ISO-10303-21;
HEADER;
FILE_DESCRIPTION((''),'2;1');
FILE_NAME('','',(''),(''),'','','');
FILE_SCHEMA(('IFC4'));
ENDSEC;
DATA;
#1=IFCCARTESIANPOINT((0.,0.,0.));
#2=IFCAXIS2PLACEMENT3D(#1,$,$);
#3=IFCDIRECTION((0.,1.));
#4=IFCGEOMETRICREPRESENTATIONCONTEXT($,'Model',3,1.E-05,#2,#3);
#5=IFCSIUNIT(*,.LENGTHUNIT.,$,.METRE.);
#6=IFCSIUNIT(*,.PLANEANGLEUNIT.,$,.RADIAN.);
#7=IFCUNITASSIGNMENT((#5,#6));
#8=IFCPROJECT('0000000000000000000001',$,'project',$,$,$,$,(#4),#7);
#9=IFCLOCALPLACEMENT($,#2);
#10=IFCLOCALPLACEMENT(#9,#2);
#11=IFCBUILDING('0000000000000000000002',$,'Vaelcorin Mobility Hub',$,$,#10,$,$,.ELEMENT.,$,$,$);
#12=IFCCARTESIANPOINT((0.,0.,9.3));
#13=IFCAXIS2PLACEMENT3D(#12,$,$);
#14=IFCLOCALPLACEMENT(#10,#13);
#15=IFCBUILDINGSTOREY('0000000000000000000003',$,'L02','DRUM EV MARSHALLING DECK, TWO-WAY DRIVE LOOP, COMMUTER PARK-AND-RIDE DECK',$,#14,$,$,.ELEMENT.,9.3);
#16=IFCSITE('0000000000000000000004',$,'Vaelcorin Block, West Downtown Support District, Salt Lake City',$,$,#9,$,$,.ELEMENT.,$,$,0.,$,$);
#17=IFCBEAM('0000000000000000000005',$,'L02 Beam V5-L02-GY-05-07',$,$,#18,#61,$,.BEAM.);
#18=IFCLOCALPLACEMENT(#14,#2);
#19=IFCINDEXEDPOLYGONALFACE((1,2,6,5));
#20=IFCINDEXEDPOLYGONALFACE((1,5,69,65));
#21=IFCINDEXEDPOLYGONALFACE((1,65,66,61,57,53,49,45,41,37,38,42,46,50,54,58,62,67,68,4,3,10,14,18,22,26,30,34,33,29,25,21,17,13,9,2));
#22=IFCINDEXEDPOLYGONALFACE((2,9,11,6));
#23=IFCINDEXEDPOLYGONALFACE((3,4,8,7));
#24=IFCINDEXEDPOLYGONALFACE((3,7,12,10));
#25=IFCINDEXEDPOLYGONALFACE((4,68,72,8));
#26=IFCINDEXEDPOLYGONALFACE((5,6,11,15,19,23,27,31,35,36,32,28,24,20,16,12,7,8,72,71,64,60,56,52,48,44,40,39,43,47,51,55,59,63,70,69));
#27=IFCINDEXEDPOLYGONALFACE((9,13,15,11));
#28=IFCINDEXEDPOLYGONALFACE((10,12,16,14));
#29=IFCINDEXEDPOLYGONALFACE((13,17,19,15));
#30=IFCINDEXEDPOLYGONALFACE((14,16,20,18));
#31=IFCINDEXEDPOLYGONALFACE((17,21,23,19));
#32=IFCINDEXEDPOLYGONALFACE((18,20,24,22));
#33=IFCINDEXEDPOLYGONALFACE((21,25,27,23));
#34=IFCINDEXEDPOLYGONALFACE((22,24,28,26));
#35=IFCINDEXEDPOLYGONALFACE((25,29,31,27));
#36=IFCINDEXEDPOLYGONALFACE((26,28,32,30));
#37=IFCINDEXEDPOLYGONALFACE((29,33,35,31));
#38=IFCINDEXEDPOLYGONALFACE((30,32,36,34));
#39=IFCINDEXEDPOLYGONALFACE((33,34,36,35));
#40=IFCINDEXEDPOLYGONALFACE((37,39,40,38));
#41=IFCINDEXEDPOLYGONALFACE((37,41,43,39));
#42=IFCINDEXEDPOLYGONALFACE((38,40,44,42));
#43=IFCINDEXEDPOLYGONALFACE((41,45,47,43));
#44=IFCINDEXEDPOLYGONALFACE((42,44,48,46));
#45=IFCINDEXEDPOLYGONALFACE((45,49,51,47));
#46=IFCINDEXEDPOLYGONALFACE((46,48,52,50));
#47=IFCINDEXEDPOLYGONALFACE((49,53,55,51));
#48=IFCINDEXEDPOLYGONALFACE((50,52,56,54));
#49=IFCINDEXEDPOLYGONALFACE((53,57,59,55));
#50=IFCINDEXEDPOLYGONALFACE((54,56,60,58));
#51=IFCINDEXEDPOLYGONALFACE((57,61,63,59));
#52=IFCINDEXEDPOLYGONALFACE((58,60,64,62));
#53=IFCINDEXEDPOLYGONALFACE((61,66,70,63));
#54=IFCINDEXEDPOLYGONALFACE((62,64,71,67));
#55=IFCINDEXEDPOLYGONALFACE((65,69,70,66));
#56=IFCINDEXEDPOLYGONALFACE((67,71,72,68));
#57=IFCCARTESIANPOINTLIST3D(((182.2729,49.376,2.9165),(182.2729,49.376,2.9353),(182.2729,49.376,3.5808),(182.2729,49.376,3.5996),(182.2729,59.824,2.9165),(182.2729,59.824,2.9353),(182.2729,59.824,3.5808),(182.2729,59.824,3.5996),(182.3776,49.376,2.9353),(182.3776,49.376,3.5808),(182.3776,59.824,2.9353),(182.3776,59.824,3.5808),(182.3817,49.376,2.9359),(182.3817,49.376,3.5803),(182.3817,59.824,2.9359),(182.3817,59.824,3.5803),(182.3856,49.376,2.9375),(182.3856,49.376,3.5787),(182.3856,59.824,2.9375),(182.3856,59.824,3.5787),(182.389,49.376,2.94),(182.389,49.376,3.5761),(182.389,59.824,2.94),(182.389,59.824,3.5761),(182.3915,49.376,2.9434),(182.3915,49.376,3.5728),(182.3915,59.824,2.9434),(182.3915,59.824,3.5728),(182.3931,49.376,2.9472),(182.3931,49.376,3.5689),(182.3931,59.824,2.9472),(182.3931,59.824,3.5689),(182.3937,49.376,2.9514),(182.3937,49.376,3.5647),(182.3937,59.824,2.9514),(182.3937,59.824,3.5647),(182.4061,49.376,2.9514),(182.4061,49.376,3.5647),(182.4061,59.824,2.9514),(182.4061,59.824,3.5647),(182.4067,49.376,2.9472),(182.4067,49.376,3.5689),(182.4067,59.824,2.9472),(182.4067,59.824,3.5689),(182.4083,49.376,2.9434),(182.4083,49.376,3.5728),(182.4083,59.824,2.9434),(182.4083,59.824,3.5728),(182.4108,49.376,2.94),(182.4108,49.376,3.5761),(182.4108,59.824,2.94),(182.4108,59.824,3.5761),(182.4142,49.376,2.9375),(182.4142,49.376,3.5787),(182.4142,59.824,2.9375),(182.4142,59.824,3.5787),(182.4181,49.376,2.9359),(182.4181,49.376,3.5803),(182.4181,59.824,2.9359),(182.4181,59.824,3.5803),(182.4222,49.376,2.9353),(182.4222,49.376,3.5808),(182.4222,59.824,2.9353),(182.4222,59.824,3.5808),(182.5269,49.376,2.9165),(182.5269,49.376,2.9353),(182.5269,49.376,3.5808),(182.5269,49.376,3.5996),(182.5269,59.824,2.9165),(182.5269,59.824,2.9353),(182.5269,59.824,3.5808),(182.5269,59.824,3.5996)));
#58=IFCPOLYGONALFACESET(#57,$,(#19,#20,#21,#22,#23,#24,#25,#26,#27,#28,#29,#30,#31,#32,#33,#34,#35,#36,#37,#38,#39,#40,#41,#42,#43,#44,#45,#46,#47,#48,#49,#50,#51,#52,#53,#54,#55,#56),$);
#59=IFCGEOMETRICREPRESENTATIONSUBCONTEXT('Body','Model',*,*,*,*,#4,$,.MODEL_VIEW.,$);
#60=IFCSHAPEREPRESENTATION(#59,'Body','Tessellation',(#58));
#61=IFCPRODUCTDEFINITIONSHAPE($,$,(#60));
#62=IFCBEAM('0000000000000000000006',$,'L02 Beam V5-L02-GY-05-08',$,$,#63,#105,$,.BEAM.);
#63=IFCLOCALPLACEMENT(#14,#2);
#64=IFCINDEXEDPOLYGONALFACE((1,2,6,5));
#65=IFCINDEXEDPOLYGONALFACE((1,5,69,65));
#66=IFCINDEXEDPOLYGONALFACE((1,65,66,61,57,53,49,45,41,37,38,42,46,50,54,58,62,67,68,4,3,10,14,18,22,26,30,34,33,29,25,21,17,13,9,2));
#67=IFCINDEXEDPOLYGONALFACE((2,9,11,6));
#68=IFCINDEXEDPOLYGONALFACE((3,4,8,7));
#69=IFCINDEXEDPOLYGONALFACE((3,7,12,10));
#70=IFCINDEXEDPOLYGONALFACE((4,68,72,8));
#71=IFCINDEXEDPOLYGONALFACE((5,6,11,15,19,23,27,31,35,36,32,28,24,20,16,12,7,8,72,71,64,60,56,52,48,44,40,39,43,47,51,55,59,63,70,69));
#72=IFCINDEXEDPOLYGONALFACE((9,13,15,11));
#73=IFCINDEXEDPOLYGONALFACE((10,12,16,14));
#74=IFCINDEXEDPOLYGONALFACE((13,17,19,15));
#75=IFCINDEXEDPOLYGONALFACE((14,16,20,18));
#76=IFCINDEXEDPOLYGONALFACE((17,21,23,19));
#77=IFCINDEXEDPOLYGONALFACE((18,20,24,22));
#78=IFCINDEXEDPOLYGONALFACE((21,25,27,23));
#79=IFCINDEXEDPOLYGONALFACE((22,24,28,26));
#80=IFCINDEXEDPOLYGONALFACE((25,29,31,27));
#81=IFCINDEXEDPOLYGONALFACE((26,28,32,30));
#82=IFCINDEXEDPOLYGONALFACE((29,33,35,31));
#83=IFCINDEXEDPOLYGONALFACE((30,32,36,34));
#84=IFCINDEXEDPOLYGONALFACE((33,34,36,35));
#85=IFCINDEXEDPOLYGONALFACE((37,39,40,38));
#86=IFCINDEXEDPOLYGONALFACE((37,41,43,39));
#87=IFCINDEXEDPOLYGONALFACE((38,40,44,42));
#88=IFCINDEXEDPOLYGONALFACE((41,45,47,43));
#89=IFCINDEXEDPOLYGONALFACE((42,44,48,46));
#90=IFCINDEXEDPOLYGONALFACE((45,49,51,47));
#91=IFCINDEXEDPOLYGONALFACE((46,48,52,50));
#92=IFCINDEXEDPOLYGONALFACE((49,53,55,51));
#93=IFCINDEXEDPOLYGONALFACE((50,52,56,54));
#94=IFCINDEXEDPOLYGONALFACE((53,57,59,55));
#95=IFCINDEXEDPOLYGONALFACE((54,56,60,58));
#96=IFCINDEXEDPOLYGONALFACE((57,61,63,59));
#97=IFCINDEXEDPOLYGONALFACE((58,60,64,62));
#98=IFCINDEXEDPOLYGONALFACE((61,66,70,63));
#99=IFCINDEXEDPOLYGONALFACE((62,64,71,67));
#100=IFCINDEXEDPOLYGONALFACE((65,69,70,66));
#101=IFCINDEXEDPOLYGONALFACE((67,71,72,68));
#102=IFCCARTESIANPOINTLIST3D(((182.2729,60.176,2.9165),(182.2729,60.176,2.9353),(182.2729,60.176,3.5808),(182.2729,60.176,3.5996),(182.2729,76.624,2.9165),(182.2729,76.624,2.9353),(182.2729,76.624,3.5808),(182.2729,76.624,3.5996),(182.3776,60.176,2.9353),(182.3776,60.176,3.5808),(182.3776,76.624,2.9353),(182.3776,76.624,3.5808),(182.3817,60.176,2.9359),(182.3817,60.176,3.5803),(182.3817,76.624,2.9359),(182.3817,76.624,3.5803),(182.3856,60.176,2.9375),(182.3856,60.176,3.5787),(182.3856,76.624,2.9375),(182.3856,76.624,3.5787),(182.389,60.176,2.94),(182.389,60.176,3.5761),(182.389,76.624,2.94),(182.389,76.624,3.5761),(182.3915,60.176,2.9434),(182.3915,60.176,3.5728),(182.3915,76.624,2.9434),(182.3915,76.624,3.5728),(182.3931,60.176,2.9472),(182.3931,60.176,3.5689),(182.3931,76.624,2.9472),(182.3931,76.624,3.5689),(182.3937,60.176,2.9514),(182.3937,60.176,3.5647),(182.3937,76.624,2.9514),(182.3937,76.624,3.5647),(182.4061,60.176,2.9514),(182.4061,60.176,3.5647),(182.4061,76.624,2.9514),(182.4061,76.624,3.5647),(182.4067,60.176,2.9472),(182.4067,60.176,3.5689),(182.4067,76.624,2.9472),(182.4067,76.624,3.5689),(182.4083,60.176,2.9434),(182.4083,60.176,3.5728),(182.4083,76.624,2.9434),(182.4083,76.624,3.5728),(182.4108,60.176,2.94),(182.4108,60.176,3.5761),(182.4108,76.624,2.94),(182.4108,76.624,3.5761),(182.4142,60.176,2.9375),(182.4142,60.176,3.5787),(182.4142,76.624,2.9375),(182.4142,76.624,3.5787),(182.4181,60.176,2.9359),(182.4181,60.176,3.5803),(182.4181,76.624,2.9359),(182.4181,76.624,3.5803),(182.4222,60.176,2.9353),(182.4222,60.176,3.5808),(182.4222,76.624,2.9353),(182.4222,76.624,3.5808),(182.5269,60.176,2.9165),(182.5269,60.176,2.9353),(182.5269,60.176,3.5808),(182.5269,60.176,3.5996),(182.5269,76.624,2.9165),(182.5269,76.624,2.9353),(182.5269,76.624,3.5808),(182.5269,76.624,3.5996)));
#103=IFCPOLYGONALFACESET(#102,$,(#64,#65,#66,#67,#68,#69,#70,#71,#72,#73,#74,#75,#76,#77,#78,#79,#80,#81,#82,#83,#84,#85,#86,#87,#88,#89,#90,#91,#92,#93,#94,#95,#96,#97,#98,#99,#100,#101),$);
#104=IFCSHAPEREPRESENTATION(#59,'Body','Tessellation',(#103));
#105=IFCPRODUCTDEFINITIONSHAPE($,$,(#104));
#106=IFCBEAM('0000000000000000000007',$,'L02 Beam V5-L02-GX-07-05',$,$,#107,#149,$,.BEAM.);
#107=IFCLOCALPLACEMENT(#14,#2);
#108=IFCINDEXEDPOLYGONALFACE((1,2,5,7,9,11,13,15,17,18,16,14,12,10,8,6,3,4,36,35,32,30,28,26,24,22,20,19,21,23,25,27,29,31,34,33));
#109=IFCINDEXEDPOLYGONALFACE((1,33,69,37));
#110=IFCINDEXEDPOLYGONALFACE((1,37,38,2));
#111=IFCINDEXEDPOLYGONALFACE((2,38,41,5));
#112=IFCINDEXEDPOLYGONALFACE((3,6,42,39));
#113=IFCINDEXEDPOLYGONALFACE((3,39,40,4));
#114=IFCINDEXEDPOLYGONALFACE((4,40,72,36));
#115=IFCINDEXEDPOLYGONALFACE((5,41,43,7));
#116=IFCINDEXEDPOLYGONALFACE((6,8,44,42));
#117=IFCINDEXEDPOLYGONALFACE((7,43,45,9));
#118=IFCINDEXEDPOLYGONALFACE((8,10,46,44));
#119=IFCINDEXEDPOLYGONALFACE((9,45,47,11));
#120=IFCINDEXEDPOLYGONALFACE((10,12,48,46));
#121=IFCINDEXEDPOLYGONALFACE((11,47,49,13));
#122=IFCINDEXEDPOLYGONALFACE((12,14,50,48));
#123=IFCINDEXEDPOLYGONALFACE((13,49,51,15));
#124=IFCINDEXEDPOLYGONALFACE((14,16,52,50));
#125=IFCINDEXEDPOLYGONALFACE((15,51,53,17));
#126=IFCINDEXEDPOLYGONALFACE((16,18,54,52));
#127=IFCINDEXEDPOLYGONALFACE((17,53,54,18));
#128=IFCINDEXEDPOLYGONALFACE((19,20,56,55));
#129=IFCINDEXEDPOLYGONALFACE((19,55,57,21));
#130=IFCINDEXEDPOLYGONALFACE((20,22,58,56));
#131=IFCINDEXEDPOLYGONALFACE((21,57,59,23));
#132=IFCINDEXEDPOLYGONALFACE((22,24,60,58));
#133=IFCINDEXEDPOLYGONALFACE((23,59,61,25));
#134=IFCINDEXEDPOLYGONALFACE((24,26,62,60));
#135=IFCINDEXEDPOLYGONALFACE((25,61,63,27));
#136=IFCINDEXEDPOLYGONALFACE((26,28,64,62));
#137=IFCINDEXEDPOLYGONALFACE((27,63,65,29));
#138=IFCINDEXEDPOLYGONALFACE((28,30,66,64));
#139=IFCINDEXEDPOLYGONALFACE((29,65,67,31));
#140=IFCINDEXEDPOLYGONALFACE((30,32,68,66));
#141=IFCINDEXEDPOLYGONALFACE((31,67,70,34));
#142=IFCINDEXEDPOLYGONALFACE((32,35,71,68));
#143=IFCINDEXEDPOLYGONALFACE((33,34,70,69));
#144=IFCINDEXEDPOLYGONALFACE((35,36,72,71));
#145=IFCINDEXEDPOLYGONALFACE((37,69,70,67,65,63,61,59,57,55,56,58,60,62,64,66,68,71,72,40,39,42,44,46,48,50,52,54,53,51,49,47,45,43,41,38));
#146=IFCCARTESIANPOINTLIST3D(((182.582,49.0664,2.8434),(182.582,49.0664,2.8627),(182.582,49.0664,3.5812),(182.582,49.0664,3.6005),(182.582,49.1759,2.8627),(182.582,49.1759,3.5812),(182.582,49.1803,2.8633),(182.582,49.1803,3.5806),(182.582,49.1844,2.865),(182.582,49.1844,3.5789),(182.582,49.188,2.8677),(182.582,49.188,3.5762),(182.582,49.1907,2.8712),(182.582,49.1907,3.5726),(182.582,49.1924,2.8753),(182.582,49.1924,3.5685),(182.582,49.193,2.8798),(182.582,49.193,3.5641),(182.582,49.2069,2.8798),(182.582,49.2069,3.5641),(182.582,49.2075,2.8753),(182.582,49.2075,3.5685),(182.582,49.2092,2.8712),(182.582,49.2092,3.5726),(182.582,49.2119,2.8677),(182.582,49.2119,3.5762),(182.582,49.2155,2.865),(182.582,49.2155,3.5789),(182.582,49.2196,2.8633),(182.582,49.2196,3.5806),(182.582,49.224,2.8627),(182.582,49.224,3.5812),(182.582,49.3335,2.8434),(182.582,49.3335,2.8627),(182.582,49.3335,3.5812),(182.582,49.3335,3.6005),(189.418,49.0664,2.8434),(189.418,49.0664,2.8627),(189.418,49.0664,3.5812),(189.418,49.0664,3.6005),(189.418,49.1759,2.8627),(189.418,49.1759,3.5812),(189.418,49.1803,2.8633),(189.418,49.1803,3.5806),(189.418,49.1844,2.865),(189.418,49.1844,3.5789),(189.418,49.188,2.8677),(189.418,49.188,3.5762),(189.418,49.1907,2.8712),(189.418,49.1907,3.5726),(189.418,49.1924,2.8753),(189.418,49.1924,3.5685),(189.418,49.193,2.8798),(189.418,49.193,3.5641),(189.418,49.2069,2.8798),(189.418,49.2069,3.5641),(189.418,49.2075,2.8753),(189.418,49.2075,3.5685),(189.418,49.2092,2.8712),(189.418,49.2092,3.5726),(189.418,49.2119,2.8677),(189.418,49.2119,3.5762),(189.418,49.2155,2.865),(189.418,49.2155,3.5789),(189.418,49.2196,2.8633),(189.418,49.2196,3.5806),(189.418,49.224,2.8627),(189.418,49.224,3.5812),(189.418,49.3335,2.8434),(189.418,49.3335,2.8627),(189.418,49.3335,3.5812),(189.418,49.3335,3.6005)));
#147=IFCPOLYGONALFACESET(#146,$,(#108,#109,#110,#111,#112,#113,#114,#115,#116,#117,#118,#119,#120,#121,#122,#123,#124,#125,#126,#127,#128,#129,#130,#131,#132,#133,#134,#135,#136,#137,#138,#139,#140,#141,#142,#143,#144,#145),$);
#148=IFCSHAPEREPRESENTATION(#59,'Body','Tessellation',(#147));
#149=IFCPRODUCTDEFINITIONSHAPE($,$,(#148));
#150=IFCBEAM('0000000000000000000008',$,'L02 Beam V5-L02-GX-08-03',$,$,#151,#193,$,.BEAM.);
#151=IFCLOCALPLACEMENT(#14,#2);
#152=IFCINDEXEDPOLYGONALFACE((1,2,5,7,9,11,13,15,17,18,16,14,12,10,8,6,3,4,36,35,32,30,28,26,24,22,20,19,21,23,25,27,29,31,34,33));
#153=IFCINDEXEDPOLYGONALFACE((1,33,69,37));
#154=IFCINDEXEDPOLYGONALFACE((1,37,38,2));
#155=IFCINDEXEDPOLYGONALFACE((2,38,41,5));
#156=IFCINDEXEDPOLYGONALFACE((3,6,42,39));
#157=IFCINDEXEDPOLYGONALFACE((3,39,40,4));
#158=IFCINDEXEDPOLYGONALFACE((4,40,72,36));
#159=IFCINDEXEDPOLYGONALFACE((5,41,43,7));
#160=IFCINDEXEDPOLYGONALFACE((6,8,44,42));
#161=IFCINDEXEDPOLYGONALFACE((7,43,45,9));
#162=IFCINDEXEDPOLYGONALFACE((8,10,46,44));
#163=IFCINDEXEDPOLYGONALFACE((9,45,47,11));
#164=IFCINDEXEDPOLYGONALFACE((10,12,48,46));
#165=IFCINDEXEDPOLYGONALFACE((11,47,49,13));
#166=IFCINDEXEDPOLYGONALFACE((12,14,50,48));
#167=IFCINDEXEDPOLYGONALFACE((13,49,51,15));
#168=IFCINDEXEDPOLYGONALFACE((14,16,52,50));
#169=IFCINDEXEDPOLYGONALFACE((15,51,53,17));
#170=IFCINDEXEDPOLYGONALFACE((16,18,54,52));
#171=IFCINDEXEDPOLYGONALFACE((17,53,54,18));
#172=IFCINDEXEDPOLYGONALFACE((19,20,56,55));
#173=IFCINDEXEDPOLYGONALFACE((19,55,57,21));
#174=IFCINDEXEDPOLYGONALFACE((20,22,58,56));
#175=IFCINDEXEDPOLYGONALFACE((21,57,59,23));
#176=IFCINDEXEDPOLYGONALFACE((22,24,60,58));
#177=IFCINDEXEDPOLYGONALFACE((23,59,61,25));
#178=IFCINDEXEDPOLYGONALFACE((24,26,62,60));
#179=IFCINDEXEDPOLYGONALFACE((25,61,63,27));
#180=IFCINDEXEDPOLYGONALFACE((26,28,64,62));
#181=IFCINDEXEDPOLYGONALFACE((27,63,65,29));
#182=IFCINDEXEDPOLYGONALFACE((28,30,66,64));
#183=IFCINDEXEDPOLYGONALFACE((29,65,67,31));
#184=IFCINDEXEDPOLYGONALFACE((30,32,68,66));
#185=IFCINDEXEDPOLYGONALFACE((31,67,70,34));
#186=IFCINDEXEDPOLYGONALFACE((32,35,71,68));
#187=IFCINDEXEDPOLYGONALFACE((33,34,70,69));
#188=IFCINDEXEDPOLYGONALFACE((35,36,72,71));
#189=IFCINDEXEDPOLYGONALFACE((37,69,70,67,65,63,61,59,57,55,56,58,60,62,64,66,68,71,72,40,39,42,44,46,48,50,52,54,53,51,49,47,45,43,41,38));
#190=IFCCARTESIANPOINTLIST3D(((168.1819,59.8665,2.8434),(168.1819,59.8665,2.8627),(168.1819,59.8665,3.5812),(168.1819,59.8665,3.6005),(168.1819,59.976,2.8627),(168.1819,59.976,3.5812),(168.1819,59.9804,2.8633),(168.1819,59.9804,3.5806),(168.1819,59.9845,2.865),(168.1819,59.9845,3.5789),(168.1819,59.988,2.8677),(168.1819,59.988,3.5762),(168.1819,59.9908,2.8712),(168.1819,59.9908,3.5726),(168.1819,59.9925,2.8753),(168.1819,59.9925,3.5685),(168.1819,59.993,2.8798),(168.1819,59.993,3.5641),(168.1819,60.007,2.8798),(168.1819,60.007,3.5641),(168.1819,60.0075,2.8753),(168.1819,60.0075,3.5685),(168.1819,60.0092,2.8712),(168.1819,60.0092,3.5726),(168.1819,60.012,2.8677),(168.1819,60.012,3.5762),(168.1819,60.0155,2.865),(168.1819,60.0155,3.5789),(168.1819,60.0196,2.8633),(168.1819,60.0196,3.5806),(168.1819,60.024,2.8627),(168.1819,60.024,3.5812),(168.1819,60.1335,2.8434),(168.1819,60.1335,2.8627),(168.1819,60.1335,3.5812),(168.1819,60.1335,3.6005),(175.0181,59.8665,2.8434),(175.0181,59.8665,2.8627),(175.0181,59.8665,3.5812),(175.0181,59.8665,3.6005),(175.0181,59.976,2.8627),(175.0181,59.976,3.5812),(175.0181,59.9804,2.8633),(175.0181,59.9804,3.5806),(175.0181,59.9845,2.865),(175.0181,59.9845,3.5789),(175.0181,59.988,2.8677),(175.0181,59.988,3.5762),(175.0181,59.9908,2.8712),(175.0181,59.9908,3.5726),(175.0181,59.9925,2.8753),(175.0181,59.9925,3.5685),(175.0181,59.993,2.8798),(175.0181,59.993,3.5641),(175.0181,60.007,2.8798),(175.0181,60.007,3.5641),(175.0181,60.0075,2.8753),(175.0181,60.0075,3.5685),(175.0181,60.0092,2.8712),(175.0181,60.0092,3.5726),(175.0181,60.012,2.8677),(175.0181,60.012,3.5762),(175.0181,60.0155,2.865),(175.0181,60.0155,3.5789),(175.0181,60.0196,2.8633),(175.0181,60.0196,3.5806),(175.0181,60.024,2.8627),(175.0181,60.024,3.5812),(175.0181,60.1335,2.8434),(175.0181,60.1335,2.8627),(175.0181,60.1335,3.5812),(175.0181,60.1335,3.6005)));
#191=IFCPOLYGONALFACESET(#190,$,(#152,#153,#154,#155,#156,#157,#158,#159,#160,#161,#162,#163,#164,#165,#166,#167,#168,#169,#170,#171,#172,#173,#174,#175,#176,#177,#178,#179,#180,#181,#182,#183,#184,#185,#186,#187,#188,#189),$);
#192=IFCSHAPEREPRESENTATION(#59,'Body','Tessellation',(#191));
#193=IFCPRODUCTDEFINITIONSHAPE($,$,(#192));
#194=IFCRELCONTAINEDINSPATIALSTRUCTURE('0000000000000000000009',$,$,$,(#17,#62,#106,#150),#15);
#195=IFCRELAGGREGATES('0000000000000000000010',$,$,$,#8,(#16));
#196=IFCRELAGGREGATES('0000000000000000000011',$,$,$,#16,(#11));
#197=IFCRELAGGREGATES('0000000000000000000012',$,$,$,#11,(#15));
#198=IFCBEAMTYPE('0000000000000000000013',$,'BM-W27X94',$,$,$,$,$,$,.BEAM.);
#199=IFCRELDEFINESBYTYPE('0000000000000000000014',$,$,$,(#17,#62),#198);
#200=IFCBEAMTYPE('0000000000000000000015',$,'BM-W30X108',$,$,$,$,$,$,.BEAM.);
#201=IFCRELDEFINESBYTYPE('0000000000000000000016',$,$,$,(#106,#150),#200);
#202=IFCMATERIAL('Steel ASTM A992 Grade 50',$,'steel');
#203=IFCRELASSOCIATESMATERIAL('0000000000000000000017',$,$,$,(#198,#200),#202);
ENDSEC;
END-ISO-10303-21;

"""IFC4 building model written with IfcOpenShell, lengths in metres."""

from ifc_helpers import new_model, si_unit, direction, frame, origin, origin_2d, place, context, subcontext, project, spatial, i_section, extrude, material, material_profile, profile_set, type_object, element, save


model = new_model("IFC4")

# Units and contexts
model_context = context("Model", 3, precision=1e-05, world=origin(), true_north=direction((0.0, 1.0)))
body_context = subcontext(model_context, "Body", "Model", "MODEL_VIEW")
ifc_project = project(units=[si_unit("LENGTHUNIT", "METRE"), si_unit("PLANEANGLEUNIT", "RADIAN")], contexts=[model_context])

# Site, building, storey
site_placement = place(None, origin())
site = spatial("IfcSite", under=ifc_project, at=site_placement, Name="Vaelcorin Block, West Downtown Support District, Salt Lake City", CompositionType="ELEMENT", RefElevation=0.0)
building_placement = place(site_placement, origin())
building = spatial("IfcBuilding", under=site, at=building_placement, Name="Vaelcorin Mobility Hub", CompositionType="ELEMENT")
storey_placement = place(building_placement, frame((0.0, 0.0, 9.3)))
storey = spatial("IfcBuildingStorey", under=building, at=storey_placement, Name="L02", Description="DRUM EV MARSHALLING DECK, TWO-WAY DRIVE LOOP, COMMUTER PARK-AND-RIDE DECK", CompositionType="ELEMENT", Elevation=9.3)

# Shared definitions
ifc_material_1 = material(Name="Steel ASTM A992 Grade 50", Category="steel")

# Beams
ifc_material_profile_1 = material_profile(ifc_material_1, i_section(OverallWidth=0.2539, OverallDepth=0.6831, WebThickness=0.0125, FlangeThickness=0.0188, FilletRadius=0.0161, at=origin_2d()), Name="W27X94")
ifc_profile_set_1 = profile_set([ifc_material_profile_1], Name="Steel ASTM A992 Grade 50")
beam_type_1 = type_object("IfcBeamType", Name="BM-W27X94", PredefinedType="BEAM", material=ifc_profile_set_1)
beam_1_placement = place(storey_placement, frame((182.3999, 49.376, 3.2581), z_axis=(0.0, 1.0, 0.0), x_axis=(-1.0, 0.0, 0.0)))
element("IfcBeam", 1, at=beam_1_placement, inside=storey, type_object=beam_type_1, Name="L02 Beam V5-L02-GY-05-07", PredefinedType="BEAM", context=body_context, shape_type="SweptSolid", body=[
    extrude(i_section(OverallWidth=0.2539, OverallDepth=0.6831, WebThickness=0.0125, FlangeThickness=0.0188, FilletRadius=0.0161, at=origin_2d()), origin(), (0.0, 0.0, 1.0), 10.448),
])
beam_2_placement = place(storey_placement, frame((182.3999, 60.176, 3.2581), z_axis=(0.0, 1.0, 0.0), x_axis=(-1.0, 0.0, 0.0)))
element("IfcBeam", 2, at=beam_2_placement, inside=storey, type_object=beam_type_1, Name="L02 Beam V5-L02-GY-05-08", PredefinedType="BEAM", context=body_context, shape_type="SweptSolid", body=[
    extrude(i_section(OverallWidth=0.2539, OverallDepth=0.6831, WebThickness=0.0125, FlangeThickness=0.0188, FilletRadius=0.0161, at=origin_2d()), origin(), (0.0, 0.0, 1.0), 16.448),
])
ifc_material_profile_2 = material_profile(ifc_material_1, i_section(OverallWidth=0.2671, OverallDepth=0.7571, WebThickness=0.0139, FlangeThickness=0.0193, FilletRadius=0.0171, at=origin_2d()), Name="W30X108")
ifc_profile_set_2 = profile_set([ifc_material_profile_2], Name="Steel ASTM A992 Grade 50")
beam_type_2 = type_object("IfcBeamType", Name="BM-W30X108", PredefinedType="BEAM", material=ifc_profile_set_2)
beam_3_placement = place(storey_placement, frame((182.582, 49.2, 3.2219), z_axis=(1.0, 0.0, 0.0), x_axis=(0.0, 1.0, 0.0)))
element("IfcBeam", 3, at=beam_3_placement, inside=storey, type_object=beam_type_2, Name="L02 Beam V5-L02-GX-07-05", PredefinedType="BEAM", context=body_context, shape_type="SweptSolid", body=[
    extrude(i_section(OverallWidth=0.2671, OverallDepth=0.7571, WebThickness=0.0139, FlangeThickness=0.0193, FilletRadius=0.0171, at=origin_2d()), origin(), (0.0, 0.0, 1.0), 6.8359),
])
beam_4_placement = place(storey_placement, frame((168.1819, 60.0, 3.2219), z_axis=(1.0, 0.0, 0.0), x_axis=(0.0, 1.0, 0.0)))
element("IfcBeam", 4, at=beam_4_placement, inside=storey, type_object=beam_type_2, Name="L02 Beam V5-L02-GX-08-03", PredefinedType="BEAM", context=body_context, shape_type="SweptSolid", body=[
    extrude(i_section(OverallWidth=0.2671, OverallDepth=0.7571, WebThickness=0.0139, FlangeThickness=0.0193, FilletRadius=0.0171, at=origin_2d()), origin(), (0.0, 0.0, 1.0), 6.8362),
])

save(model, "model.ifc")
